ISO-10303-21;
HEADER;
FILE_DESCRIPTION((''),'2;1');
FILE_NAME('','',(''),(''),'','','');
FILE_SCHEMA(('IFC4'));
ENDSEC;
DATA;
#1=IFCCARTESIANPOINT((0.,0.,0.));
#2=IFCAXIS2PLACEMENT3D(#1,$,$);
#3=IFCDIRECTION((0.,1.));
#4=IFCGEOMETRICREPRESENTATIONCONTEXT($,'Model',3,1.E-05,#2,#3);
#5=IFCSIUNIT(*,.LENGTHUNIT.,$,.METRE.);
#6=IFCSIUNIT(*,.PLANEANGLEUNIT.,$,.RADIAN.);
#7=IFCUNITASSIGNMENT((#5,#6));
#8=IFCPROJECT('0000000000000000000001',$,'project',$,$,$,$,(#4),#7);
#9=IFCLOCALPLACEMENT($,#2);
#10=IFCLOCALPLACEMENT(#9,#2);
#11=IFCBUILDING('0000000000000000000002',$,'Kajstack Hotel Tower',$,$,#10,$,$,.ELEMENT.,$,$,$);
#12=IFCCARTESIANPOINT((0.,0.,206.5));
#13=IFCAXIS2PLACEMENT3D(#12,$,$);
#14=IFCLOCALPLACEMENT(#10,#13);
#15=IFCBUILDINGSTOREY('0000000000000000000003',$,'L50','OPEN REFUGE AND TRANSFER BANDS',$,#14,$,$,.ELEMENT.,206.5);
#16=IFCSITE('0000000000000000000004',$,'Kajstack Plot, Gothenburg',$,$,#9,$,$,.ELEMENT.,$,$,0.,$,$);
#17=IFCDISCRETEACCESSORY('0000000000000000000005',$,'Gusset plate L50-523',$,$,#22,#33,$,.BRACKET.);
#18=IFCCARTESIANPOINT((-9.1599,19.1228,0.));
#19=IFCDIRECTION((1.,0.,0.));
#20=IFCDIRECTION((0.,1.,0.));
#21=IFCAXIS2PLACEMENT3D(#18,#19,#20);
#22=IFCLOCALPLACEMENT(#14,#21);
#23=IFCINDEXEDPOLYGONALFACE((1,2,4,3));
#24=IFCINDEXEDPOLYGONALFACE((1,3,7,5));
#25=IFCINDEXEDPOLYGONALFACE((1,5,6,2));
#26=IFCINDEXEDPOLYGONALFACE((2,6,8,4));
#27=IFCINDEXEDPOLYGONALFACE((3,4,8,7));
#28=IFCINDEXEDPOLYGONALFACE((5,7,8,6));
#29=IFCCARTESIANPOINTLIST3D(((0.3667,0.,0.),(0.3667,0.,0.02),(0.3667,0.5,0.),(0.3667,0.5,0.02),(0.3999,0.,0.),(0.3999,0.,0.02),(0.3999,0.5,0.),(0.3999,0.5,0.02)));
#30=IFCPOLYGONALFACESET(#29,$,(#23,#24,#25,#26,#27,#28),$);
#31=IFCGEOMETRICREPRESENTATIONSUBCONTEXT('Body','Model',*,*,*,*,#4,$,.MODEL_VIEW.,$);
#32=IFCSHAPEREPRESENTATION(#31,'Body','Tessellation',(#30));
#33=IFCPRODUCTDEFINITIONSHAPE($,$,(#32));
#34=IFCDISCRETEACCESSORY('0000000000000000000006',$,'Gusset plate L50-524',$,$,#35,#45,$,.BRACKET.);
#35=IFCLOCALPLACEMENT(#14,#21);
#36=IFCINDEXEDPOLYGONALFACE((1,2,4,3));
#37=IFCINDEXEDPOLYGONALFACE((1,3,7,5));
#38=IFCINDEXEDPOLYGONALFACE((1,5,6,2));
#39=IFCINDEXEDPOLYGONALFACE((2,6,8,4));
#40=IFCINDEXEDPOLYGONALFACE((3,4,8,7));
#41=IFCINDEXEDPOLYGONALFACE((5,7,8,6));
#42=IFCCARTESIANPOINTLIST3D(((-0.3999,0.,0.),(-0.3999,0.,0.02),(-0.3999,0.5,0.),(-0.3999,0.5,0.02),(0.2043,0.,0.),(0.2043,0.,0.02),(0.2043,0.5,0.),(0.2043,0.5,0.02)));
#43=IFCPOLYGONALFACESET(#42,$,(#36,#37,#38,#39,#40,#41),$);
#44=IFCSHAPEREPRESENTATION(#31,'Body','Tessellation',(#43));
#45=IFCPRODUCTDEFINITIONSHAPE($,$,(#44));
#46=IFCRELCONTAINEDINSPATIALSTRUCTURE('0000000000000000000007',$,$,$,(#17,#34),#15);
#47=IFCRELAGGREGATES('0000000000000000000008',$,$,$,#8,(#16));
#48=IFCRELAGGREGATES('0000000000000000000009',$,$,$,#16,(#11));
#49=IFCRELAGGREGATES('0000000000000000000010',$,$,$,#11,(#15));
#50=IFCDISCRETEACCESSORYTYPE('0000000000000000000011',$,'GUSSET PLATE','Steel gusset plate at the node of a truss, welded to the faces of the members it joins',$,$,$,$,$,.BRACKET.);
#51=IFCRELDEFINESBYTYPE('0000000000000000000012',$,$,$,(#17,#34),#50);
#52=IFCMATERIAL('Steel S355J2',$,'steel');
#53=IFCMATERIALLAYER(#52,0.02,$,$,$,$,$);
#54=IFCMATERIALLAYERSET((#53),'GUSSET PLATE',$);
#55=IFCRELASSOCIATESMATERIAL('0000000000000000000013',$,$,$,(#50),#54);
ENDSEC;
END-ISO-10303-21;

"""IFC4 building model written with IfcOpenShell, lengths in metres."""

from ifc_helpers import new_model, si_unit, direction, frame, origin, place, context, subcontext, project, spatial, polyline, outline, extrude, material, layer, layer_set, type_object, element, save


model = new_model("IFC4")

# Units and contexts
model_context = context("Model", 3, precision=1e-05, world=origin(), true_north=direction((0.0, 1.0)))
body_context = subcontext(model_context, "Body", "Model", "MODEL_VIEW")
ifc_project = project(units=[si_unit("LENGTHUNIT", "METRE"), si_unit("PLANEANGLEUNIT", "RADIAN")], contexts=[model_context])

# Site, building, storey
site_placement = place(None, origin())
site = spatial("IfcSite", under=ifc_project, at=site_placement, Name="Kajstack Plot, Gothenburg", CompositionType="ELEMENT", RefElevation=0.0)
building_placement = place(site_placement, origin())
building = spatial("IfcBuilding", under=site, at=building_placement, Name="Kajstack Hotel Tower", CompositionType="ELEMENT")
storey_placement = place(building_placement, frame((0.0, 0.0, 206.5)))
storey = spatial("IfcBuildingStorey", under=building, at=storey_placement, Name="L50", Description="OPEN REFUGE AND TRANSFER BANDS", CompositionType="ELEMENT", Elevation=206.5)

# Shared definitions
ifc_material = material(Name="Steel S355J2", Category="steel")

# Discrete accessories
ifc_layer_1 = layer(ifc_material, 0.02)
ifc_layer_set_1 = layer_set([ifc_layer_1], Name="GUSSET PLATE")
discrete_accessory_type_1 = type_object("IfcDiscreteAccessoryType", Name="GUSSET PLATE", Description="Steel gusset plate at the node of a truss, welded to the faces of the members it joins", PredefinedType="BRACKET", material=ifc_layer_set_1)
discrete_accessory_1_placement = place(storey_placement, frame((-9.1599, 19.1228, 0.0), z_axis=(1.0, 0.0, 0.0), x_axis=(0.0, 1.0, 0.0)))
element("IfcDiscreteAccessory", 1, at=discrete_accessory_1_placement, inside=storey, type_object=discrete_accessory_type_1, Name="Gusset plate L50-523", PredefinedType="BRACKET", context=body_context, shape_type="SweptSolid", body=[
    extrude(outline(polyline([(0.3999, 0.5), (0.3667, 0.5), (0.3667, 0.0), (0.3999, 0.0), (0.3999, 0.5)])), origin(), (0.0, 0.0, 1.0), 0.02),
])
discrete_accessory_2_placement = place(storey_placement, frame((-9.1599, 19.1228, 0.0), z_axis=(1.0, 0.0, 0.0), x_axis=(0.0, 1.0, 0.0)))
element("IfcDiscreteAccessory", 2, at=discrete_accessory_2_placement, inside=storey, type_object=discrete_accessory_type_1, Name="Gusset plate L50-524", PredefinedType="BRACKET", context=body_context, shape_type="SweptSolid", body=[
    extrude(outline(polyline([(-0.3999, 0.0), (0.2043, 0.0), (0.2043, 0.5), (-0.3999, 0.5), (-0.3999, 0.0)])), origin(), (0.0, 0.0, 1.0), 0.02),
])

save(model, "model.ifc")
